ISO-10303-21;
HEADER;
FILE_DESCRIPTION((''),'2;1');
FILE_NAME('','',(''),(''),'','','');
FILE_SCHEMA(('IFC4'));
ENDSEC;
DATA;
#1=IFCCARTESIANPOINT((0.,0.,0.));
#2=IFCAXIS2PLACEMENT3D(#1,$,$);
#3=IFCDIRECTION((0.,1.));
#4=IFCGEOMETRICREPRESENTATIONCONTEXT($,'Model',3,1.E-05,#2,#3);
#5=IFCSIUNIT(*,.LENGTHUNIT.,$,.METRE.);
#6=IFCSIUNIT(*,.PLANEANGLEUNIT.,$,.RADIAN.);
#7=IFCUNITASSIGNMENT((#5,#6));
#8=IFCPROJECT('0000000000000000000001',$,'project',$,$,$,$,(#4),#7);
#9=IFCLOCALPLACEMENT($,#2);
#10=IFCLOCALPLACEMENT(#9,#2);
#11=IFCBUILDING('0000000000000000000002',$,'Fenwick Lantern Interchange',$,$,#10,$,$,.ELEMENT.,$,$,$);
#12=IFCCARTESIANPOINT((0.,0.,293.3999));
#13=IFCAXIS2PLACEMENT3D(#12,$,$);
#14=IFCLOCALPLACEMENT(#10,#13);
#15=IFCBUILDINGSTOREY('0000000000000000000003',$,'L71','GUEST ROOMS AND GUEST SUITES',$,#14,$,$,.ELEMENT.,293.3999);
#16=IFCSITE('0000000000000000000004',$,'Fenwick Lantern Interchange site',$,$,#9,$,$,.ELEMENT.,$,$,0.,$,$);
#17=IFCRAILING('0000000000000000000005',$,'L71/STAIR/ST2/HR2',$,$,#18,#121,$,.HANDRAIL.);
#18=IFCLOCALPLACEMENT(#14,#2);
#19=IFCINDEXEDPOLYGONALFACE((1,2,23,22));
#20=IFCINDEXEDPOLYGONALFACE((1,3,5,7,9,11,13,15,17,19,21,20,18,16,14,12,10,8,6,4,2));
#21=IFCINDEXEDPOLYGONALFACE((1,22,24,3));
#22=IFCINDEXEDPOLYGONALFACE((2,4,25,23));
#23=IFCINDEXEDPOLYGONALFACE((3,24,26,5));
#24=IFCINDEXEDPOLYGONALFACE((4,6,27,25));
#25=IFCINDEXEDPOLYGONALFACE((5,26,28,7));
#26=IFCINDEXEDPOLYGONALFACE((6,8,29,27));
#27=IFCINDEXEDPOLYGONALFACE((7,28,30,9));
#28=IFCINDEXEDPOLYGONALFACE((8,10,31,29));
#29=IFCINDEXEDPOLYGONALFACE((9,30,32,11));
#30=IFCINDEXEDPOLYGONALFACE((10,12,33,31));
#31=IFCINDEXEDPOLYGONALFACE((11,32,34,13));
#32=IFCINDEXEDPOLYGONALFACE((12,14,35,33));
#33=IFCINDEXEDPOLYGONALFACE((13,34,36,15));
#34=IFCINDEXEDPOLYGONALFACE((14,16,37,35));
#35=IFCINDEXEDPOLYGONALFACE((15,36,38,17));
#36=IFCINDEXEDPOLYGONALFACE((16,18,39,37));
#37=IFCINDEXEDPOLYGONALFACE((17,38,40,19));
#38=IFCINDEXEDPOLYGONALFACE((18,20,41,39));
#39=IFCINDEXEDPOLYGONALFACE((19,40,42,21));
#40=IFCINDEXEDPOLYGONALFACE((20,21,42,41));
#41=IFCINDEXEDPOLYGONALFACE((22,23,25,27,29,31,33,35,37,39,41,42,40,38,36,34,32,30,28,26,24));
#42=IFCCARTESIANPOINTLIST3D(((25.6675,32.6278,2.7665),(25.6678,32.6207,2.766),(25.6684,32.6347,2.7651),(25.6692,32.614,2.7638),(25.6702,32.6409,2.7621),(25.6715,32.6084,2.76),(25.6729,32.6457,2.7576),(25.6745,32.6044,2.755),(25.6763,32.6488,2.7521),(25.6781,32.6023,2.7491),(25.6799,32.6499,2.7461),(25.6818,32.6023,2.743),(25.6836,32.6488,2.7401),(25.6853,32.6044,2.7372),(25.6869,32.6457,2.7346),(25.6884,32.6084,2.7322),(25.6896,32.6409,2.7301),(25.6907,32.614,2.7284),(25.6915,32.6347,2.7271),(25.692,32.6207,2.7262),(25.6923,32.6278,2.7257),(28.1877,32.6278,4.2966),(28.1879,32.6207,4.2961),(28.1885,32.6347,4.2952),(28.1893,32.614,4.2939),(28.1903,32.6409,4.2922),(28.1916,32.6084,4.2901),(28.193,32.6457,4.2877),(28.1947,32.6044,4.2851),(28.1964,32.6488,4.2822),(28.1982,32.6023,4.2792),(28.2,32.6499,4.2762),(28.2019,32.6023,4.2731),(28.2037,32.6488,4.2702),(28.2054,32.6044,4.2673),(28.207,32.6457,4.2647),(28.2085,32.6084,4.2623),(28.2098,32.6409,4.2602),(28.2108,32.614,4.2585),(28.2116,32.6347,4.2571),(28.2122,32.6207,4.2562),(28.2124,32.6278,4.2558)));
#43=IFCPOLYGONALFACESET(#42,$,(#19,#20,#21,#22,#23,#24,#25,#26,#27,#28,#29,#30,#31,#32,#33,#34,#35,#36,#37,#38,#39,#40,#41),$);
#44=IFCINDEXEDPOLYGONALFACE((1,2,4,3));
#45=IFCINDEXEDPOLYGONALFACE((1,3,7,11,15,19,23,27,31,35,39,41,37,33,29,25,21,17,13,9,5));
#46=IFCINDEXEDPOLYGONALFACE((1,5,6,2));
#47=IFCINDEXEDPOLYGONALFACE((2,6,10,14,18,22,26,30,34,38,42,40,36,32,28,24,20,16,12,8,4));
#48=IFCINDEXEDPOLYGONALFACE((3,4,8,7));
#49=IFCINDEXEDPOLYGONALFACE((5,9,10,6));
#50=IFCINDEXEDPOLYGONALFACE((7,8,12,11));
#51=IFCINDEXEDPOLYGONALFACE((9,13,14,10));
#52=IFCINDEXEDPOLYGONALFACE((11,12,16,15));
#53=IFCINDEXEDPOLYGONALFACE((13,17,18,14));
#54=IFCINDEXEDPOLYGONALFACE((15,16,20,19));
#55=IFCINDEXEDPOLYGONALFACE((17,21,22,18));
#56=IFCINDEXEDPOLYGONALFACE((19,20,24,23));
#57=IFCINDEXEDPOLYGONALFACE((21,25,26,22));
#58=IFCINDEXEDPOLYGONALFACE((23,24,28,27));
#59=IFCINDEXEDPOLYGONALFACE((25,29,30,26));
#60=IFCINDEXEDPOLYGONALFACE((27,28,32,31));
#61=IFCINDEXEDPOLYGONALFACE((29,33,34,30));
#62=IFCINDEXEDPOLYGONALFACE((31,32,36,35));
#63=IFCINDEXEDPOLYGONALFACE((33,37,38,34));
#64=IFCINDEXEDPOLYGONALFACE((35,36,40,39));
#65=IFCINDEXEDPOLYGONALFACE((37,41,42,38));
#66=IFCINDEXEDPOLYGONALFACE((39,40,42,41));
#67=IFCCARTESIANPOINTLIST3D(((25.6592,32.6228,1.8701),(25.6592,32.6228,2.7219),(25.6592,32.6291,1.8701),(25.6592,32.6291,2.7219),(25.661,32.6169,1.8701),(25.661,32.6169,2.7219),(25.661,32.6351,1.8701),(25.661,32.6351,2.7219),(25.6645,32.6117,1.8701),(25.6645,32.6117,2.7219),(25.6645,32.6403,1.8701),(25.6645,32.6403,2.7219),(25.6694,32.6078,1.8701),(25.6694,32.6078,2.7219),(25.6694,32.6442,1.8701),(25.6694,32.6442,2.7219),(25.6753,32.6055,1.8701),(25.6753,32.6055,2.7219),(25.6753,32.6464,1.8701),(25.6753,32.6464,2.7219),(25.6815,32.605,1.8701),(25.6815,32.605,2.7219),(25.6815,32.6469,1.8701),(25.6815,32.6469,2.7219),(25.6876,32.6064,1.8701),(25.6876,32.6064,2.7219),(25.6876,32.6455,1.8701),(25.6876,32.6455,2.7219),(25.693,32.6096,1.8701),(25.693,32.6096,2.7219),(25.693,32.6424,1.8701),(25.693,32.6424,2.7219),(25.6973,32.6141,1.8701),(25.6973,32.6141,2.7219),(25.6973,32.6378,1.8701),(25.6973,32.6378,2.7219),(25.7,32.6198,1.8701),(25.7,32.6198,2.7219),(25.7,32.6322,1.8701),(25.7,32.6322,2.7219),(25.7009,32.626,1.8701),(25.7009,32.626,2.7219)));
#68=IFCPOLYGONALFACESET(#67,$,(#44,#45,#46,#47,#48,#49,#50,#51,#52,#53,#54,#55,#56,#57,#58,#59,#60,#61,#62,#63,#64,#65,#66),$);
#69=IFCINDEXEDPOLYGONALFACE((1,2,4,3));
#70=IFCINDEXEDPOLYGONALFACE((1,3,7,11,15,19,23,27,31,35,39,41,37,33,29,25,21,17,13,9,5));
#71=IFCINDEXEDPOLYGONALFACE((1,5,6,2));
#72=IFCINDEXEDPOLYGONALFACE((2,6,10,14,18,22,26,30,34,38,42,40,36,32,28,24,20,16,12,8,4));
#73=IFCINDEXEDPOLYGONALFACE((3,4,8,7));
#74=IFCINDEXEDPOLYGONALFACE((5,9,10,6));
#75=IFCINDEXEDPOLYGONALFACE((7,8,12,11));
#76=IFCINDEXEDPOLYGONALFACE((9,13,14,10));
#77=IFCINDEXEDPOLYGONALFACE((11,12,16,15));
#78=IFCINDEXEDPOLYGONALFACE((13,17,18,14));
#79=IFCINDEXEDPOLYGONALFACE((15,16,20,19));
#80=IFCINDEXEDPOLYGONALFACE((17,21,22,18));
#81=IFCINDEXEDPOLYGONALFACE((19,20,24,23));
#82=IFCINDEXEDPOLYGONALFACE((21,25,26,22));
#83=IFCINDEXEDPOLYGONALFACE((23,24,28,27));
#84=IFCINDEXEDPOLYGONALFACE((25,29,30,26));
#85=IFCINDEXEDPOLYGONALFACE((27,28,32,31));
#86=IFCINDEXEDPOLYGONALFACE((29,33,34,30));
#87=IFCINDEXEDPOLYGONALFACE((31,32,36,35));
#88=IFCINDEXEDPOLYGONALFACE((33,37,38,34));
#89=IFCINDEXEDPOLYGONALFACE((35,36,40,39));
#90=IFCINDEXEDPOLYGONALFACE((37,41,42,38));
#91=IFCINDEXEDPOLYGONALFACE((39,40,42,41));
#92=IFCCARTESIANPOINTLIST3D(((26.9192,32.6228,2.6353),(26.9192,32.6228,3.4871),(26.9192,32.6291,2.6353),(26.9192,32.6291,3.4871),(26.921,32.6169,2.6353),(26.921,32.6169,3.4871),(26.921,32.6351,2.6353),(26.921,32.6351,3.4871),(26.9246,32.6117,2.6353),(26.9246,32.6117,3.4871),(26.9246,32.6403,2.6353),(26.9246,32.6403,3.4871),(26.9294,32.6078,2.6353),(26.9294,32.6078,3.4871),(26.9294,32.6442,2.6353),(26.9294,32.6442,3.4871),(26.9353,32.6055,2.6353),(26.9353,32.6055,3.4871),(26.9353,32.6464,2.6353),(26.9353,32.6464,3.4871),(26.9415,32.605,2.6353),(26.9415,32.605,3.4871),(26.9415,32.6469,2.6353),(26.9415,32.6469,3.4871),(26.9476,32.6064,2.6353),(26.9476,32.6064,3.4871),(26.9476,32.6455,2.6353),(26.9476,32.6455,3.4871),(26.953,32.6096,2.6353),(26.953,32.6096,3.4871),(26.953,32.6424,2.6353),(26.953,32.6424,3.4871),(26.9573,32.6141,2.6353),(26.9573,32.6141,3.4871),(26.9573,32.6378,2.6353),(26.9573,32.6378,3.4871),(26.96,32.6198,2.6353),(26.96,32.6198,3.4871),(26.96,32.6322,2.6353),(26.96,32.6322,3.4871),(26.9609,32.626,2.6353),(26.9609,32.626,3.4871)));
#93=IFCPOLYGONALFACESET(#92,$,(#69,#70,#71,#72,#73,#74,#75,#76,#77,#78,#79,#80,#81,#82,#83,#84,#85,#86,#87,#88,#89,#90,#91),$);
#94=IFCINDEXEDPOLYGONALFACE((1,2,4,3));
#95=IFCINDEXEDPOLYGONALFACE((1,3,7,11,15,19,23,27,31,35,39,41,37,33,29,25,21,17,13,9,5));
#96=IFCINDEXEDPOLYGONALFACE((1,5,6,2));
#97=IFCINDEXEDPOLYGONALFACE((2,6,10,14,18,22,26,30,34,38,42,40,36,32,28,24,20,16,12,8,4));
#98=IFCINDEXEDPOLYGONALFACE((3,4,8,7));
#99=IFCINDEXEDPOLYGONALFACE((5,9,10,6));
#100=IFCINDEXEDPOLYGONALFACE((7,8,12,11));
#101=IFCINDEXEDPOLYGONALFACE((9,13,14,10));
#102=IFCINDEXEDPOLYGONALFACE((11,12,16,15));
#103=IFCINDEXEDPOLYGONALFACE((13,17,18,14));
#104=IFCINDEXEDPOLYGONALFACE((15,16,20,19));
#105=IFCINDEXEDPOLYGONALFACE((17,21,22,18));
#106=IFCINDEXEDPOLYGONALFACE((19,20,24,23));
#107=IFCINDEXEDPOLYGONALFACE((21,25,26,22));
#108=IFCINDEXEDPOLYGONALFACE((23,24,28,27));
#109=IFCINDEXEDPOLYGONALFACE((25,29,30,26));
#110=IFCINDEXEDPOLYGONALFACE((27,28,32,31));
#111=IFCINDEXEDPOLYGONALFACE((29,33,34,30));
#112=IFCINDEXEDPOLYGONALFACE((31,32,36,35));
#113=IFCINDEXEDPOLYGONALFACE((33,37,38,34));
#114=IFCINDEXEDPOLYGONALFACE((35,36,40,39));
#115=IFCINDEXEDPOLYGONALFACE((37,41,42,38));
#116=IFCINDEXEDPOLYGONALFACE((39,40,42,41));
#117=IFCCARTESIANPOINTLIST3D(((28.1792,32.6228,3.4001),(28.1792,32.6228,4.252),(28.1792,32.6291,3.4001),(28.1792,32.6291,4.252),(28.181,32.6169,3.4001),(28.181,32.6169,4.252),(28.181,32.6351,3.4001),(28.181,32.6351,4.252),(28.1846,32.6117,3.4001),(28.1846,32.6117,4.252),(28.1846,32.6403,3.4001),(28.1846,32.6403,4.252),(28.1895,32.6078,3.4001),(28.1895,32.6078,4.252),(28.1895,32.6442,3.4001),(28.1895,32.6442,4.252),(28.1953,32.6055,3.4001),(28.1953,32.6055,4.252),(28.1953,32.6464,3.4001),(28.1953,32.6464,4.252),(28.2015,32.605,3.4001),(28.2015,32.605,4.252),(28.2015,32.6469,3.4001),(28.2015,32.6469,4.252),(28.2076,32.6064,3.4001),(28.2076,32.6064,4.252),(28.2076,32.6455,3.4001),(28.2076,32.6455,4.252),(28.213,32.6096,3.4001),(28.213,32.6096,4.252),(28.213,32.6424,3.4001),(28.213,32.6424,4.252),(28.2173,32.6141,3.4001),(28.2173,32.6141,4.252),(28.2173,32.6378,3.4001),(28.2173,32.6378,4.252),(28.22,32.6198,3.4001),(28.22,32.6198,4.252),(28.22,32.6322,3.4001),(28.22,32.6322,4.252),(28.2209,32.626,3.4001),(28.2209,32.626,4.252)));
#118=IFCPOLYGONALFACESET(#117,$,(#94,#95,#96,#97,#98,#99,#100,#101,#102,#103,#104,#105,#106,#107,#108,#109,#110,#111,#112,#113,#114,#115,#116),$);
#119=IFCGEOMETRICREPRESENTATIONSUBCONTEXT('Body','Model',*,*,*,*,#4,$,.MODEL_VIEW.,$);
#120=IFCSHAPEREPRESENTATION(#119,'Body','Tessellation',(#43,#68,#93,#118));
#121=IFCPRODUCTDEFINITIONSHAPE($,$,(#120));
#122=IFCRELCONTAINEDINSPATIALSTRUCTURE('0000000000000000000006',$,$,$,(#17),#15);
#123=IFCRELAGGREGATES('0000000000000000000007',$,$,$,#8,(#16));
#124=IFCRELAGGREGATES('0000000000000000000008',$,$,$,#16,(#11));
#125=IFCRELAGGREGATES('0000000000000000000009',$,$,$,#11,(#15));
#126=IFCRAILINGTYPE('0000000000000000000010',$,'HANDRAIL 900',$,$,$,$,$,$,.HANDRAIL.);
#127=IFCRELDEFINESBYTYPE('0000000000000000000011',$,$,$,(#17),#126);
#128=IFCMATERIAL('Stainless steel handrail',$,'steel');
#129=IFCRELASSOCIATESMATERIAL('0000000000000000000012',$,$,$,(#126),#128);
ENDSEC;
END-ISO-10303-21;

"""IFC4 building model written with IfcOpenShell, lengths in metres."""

from ifc_helpers import new_model, si_unit, direction, frame, origin, origin_2d, place, context, subcontext, project, spatial, circle, extrude, material, type_object, element, save


model = new_model("IFC4")

# Units and contexts
model_context = context("Model", 3, precision=1e-05, world=origin(), true_north=direction((0.0, 1.0)))
body_context = subcontext(model_context, "Body", "Model", "MODEL_VIEW")
ifc_project = project(units=[si_unit("LENGTHUNIT", "METRE"), si_unit("PLANEANGLEUNIT", "RADIAN")], contexts=[model_context])

# Site, building, storey
site_placement = place(None, origin())
site = spatial("IfcSite", under=ifc_project, at=site_placement, Name="Fenwick Lantern Interchange site", CompositionType="ELEMENT", RefElevation=0.0)
building_placement = place(site_placement, origin())
building = spatial("IfcBuilding", under=site, at=building_placement, Name="Fenwick Lantern Interchange", CompositionType="ELEMENT")
storey_placement = place(building_placement, frame((0.0, 0.0, 293.3999)))
storey = spatial("IfcBuildingStorey", under=building, at=storey_placement, Name="L71", Description="GUEST ROOMS AND GUEST SUITES", CompositionType="ELEMENT", Elevation=293.3999)

# Railing
ifc_material_1 = material(Name="Stainless steel handrail", Category="steel")
railing_type = type_object("IfcRailingType", Name="HANDRAIL 900", PredefinedType="HANDRAIL", material=ifc_material_1)
railing_1_placement = place(storey_placement, frame((25.6799, 32.626, 1.8701)))
element("IfcRailing", 1, at=railing_1_placement, inside=storey, type_object=railing_type, Name="L71/STAIR/ST2/HR2", PredefinedType="HANDRAIL", context=body_context, shape_type="SweptSolid", body=[
    extrude(circle(Radius=0.0239, at=origin_2d()), frame((0.0, 0.0, 0.876), z_axis=(0.854785, 0.0, 0.518982), x_axis=(0.0, 1.0, 0.0)), (0.0, 0.0, 1.0), 2.9482),
    extrude(circle(Radius=0.021, at=origin_2d()), origin(), (0.0, 0.0, 1.0), 0.8518),
    extrude(circle(Radius=0.021, at=origin_2d()), frame((1.26, 0.0, 0.7651)), (0.0, 0.0, 1.0), 0.8518),
    extrude(circle(Radius=0.021, at=origin_2d()), frame((2.52, 0.0, 1.53)), (0.0, 0.0, 1.0), 0.8518),
])

save(model, "model.ifc")
